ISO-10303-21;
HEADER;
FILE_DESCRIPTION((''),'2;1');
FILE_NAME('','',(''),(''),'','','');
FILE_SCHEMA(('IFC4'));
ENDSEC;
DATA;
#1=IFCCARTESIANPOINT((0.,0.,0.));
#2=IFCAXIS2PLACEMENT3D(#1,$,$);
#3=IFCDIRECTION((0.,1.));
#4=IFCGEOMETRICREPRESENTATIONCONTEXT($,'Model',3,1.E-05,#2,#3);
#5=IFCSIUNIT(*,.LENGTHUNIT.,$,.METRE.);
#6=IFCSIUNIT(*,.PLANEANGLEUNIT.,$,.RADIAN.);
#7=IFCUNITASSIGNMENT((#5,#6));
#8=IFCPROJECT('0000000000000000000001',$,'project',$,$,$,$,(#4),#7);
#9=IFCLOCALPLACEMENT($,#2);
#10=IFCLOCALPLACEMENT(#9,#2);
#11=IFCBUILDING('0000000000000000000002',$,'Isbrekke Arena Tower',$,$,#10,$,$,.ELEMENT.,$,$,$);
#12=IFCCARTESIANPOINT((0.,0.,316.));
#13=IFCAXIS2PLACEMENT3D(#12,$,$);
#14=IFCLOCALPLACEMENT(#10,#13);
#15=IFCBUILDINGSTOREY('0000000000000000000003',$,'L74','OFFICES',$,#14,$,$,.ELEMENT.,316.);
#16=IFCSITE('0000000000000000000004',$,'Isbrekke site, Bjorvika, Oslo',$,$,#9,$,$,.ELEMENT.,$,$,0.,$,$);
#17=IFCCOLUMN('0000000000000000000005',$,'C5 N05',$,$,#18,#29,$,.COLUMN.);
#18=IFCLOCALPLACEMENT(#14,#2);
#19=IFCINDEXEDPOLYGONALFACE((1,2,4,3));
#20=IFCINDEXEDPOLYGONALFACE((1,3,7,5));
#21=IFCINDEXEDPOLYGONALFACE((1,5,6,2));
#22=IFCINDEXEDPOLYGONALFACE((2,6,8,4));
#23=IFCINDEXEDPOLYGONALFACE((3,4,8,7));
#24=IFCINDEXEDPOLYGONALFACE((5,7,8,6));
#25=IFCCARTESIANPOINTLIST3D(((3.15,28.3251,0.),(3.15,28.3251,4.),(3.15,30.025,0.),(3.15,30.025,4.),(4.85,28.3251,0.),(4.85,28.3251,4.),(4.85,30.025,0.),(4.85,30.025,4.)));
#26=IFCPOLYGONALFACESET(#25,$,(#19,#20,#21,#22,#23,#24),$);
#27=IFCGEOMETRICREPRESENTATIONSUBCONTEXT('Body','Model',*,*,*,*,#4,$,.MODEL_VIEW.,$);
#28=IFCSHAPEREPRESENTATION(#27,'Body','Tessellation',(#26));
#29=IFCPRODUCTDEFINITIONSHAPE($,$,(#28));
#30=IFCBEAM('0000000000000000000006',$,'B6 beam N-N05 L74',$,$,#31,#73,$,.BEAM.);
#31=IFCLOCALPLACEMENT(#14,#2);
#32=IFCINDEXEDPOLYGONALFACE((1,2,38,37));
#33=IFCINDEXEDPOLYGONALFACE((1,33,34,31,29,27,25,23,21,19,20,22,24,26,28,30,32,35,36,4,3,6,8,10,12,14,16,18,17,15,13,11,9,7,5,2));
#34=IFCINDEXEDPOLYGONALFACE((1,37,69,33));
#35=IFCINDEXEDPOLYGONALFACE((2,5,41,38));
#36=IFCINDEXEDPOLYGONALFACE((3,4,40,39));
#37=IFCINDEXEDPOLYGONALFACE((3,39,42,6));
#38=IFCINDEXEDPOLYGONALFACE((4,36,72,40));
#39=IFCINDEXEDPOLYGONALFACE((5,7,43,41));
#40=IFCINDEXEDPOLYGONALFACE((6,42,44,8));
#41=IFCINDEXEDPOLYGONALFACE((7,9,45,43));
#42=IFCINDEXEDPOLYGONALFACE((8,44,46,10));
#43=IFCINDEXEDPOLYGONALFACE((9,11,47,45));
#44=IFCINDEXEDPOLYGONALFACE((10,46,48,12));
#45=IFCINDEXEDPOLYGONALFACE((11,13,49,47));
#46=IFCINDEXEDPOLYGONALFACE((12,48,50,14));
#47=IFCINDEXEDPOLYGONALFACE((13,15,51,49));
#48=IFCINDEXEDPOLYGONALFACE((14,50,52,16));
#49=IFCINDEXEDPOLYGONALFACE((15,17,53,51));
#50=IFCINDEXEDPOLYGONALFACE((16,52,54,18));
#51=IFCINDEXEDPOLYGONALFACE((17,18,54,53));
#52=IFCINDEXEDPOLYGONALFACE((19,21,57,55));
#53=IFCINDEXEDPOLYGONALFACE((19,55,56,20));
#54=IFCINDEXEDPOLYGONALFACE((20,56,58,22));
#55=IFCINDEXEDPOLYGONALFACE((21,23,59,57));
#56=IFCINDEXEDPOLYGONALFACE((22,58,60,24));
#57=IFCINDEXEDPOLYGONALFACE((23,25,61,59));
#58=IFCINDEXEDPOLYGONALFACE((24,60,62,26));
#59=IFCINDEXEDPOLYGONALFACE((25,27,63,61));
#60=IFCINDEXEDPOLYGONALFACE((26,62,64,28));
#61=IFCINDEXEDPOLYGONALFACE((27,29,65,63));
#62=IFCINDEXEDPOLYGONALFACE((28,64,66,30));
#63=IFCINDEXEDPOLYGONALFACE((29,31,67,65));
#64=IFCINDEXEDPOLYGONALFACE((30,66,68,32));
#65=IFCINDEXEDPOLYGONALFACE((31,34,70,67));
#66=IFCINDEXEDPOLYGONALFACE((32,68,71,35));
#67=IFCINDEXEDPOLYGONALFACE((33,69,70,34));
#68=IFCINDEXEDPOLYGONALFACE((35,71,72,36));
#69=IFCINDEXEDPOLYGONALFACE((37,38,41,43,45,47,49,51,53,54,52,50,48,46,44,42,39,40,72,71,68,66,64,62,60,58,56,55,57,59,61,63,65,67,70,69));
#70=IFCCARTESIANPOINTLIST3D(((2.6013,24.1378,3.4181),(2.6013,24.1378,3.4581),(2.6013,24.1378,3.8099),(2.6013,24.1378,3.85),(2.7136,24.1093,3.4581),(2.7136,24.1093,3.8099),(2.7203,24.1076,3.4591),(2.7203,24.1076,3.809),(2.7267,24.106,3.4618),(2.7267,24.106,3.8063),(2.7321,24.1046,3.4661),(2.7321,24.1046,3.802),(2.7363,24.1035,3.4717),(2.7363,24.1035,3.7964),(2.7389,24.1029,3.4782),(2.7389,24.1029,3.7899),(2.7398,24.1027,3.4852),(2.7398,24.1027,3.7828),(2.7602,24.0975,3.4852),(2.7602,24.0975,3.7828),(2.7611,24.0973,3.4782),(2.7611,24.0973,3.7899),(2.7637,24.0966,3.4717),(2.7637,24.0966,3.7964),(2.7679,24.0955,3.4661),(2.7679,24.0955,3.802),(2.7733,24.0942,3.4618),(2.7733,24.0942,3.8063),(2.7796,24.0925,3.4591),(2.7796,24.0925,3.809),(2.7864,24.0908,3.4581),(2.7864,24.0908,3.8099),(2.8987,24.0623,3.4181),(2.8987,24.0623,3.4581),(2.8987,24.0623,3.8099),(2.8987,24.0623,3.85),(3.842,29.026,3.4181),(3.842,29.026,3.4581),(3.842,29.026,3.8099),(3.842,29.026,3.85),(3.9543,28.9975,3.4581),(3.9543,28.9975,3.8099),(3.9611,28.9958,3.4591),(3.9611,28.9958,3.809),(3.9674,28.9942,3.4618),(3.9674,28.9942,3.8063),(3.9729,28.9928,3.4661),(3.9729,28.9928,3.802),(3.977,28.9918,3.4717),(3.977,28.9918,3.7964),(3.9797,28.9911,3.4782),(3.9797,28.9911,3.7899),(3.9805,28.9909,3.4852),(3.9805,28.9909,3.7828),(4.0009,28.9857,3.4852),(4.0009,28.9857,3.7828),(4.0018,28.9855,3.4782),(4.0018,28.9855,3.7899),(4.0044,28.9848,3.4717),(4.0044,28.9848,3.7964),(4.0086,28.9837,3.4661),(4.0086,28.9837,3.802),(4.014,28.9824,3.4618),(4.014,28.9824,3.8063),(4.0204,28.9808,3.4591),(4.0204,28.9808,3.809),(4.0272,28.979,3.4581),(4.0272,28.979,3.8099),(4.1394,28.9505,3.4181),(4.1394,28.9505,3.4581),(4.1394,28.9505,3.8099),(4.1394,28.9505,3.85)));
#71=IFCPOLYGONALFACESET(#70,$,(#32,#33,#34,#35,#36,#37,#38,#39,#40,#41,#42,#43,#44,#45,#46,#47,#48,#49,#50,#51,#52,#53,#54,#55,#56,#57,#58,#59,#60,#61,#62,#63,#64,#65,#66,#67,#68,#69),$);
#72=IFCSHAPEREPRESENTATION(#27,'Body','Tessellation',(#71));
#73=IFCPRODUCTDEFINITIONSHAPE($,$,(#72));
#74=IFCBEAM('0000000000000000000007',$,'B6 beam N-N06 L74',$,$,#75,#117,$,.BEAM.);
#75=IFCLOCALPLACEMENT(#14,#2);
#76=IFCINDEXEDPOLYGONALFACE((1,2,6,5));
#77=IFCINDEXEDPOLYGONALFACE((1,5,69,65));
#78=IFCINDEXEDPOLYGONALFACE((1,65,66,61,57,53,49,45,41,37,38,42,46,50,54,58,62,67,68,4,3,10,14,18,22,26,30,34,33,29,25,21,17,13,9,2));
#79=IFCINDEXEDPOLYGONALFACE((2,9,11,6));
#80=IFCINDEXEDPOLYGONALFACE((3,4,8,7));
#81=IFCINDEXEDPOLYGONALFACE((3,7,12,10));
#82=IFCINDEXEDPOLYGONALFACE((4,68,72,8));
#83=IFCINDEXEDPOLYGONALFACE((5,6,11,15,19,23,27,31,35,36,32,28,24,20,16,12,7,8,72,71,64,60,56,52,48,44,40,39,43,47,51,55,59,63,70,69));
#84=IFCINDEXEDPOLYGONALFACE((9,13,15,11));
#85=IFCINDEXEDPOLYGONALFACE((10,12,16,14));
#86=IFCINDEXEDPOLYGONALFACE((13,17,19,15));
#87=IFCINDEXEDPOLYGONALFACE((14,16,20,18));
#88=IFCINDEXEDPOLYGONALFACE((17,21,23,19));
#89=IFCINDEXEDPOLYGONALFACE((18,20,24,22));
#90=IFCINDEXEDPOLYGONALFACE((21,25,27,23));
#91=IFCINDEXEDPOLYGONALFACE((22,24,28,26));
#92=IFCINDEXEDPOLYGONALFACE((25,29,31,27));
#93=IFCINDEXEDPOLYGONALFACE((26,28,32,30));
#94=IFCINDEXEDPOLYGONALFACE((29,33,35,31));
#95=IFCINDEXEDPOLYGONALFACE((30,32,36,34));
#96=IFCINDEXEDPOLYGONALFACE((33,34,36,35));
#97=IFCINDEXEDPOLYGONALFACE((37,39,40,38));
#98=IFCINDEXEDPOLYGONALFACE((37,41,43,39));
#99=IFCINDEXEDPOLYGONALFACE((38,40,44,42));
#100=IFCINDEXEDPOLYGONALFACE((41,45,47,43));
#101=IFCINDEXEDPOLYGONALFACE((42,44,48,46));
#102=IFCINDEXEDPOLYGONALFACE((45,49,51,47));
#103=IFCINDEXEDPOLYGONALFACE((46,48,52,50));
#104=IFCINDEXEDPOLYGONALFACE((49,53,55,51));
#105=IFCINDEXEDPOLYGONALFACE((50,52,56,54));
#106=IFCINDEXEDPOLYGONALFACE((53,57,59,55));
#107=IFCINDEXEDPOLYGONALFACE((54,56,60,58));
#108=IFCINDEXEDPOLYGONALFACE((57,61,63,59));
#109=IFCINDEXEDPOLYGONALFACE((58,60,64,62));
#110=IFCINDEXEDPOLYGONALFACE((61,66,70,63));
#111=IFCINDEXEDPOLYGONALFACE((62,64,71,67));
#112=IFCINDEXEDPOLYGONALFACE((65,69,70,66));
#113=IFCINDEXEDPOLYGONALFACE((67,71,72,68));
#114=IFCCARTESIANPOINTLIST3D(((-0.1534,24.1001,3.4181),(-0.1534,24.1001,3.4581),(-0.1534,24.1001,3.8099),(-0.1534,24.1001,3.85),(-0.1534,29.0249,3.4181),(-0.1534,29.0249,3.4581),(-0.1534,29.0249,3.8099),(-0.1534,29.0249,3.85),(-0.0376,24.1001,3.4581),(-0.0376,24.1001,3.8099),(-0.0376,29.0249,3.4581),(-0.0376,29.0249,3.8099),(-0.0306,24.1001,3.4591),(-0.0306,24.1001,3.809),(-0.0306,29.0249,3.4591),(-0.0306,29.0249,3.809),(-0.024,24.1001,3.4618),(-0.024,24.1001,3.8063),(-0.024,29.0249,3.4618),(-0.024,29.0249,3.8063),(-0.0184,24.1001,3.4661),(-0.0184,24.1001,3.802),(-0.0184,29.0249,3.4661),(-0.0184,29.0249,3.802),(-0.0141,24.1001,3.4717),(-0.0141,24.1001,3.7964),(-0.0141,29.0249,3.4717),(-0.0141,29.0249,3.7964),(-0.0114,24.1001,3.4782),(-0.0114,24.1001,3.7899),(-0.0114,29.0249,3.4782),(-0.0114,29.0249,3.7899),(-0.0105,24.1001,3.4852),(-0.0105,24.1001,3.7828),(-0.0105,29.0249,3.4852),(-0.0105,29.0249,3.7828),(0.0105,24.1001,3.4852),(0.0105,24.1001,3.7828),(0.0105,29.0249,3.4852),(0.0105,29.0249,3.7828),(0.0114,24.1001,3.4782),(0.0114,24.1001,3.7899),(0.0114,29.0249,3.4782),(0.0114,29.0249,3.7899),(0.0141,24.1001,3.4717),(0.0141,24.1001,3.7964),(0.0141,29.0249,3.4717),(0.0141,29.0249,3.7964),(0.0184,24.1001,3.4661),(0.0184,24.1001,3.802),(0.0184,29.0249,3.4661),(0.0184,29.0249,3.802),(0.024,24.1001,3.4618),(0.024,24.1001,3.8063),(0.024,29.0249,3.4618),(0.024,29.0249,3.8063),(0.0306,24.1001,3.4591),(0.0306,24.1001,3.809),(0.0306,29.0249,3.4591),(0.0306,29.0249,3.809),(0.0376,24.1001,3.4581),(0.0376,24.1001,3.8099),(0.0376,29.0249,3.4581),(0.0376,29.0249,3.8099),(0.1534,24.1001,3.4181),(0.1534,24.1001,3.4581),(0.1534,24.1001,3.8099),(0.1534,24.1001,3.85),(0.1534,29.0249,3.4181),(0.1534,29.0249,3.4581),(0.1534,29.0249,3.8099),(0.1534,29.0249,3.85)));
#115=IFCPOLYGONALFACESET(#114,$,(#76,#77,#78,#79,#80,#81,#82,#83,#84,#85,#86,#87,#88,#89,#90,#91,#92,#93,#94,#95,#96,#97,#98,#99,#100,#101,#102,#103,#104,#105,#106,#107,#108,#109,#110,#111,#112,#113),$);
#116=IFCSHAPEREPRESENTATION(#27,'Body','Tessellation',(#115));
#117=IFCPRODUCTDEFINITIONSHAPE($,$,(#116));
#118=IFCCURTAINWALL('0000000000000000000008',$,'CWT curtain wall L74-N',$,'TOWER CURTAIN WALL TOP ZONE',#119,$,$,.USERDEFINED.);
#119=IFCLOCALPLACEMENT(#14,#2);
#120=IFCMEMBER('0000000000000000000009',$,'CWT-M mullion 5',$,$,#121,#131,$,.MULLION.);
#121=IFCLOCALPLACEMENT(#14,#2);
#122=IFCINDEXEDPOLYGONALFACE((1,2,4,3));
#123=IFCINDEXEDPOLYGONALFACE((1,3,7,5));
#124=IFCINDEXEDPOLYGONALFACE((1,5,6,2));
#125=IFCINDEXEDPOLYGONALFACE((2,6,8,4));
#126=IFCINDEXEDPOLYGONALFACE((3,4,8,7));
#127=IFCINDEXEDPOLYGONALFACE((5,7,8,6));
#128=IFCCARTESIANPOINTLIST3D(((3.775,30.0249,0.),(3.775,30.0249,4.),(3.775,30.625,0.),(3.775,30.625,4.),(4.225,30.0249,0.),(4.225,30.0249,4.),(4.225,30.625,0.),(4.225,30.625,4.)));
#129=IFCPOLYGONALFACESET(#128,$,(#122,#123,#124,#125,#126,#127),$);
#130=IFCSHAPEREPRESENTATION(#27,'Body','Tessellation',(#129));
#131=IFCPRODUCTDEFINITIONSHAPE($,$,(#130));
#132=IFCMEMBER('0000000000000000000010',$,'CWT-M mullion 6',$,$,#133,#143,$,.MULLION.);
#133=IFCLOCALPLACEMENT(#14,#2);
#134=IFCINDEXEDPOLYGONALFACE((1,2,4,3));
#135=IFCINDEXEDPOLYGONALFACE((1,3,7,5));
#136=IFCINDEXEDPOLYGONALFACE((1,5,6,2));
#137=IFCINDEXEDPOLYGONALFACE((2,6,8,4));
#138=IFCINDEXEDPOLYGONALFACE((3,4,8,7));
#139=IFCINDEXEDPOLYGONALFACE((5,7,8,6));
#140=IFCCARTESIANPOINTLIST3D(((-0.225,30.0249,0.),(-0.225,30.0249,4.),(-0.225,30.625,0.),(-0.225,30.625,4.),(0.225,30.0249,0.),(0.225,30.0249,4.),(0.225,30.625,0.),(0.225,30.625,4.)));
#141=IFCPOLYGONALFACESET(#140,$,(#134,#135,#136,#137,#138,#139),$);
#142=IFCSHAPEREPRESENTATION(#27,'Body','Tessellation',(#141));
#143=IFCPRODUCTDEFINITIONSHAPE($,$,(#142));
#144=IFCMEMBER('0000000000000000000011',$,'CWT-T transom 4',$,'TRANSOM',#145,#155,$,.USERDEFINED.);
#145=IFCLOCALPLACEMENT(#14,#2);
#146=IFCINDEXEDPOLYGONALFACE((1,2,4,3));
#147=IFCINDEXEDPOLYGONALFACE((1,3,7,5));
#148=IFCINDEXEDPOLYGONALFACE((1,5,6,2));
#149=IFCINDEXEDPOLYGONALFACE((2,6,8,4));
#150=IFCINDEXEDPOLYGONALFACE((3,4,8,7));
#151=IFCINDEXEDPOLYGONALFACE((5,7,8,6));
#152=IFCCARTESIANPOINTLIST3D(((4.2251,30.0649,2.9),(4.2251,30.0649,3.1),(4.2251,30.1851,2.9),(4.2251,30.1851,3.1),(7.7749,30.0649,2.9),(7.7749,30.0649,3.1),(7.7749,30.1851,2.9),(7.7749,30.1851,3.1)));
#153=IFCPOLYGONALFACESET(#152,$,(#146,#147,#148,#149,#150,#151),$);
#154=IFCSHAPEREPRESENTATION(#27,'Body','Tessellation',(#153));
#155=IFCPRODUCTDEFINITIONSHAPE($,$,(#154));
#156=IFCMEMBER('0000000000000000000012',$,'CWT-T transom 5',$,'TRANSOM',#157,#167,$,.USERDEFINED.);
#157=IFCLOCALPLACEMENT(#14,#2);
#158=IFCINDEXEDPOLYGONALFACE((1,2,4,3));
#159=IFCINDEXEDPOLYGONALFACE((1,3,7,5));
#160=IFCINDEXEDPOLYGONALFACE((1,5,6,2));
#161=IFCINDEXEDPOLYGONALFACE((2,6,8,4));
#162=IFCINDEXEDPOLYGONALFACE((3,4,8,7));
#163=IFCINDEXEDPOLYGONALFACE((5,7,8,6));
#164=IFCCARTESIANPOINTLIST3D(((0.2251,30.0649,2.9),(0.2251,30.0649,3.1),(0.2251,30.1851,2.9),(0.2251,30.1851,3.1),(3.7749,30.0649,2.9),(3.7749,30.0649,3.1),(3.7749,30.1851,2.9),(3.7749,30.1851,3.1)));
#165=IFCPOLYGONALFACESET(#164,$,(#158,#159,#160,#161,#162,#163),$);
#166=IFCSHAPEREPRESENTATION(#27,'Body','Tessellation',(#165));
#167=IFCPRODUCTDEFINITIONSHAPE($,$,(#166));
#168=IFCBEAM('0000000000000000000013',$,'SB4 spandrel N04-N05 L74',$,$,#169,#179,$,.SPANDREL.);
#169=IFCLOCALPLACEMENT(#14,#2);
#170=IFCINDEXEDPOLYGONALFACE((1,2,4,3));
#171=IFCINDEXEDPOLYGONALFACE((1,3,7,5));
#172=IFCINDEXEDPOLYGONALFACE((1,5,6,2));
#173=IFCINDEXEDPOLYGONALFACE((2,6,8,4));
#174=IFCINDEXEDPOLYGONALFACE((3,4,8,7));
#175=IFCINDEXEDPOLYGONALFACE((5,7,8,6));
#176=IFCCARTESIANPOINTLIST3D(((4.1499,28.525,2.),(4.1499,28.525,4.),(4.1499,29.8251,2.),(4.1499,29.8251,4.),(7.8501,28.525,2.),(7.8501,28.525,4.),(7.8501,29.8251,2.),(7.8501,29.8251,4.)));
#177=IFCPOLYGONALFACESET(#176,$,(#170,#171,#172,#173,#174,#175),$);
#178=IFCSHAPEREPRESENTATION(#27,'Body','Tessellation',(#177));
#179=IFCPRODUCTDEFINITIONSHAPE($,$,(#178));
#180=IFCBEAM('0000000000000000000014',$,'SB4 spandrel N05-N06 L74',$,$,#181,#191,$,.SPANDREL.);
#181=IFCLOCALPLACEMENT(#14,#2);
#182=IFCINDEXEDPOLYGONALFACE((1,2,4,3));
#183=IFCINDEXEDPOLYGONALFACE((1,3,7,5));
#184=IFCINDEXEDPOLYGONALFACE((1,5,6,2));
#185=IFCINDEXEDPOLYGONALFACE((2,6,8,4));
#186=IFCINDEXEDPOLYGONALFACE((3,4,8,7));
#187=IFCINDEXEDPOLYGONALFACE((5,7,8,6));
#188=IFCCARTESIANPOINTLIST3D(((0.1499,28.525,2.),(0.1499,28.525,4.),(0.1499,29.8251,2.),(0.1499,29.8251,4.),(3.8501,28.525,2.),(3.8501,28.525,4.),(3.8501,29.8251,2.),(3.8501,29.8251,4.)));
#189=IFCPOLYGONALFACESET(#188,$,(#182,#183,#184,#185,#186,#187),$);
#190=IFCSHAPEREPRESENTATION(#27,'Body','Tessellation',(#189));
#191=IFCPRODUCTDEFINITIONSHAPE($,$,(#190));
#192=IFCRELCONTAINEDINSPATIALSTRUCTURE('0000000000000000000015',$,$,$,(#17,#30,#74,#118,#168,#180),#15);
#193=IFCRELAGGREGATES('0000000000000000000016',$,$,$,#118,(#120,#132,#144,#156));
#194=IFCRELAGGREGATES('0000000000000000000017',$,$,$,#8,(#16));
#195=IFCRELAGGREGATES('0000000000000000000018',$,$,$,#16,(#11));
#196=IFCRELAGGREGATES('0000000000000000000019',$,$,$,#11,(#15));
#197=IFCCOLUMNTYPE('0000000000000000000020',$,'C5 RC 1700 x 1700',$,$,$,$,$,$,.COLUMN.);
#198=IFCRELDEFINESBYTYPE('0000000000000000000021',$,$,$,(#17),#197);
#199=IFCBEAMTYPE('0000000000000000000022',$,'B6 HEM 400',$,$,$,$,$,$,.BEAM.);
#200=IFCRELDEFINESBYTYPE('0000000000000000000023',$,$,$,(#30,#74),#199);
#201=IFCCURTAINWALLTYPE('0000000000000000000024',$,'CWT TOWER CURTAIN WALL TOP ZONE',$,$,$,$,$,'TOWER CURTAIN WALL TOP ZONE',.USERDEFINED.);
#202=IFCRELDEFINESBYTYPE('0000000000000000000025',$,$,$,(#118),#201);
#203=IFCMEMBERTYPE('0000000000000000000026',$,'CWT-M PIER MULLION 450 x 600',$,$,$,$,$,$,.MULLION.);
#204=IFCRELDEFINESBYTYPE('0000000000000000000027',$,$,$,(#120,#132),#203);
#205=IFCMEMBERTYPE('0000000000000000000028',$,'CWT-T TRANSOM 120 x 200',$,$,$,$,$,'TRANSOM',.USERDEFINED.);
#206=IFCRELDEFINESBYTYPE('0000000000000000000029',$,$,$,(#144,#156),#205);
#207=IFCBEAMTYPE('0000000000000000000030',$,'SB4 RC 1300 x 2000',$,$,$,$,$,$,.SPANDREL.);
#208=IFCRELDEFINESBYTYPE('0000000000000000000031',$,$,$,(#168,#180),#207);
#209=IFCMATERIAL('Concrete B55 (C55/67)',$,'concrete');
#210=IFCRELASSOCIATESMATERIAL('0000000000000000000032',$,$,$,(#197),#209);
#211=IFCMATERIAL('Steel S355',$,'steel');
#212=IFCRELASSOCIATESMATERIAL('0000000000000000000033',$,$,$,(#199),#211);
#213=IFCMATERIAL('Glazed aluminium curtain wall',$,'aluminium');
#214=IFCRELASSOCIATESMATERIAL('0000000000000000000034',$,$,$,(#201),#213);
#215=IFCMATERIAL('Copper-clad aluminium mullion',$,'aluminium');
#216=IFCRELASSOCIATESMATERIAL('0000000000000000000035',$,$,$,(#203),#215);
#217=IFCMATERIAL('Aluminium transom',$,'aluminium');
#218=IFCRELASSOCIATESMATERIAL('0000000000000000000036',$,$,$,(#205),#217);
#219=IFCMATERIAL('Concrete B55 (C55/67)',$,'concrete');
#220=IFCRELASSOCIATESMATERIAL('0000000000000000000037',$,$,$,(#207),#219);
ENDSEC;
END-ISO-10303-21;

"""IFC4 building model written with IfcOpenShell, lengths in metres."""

from ifc_helpers import new_model, si_unit, direction, frame, origin, origin_2d, place, context, subcontext, project, spatial, rectangle, i_section, extrude, material, material_profile, profile_set, type_object, element, aggregate, save


model = new_model("IFC4")

# Units and contexts
model_context = context("Model", 3, precision=1e-05, world=origin(), true_north=direction((0.0, 1.0)))
body_context = subcontext(model_context, "Body", "Model", "MODEL_VIEW")
ifc_project = project(units=[si_unit("LENGTHUNIT", "METRE"), si_unit("PLANEANGLEUNIT", "RADIAN")], contexts=[model_context])

# Site, building, storey
site_placement = place(None, origin())
site = spatial("IfcSite", under=ifc_project, at=site_placement, Name="Isbrekke site, Bjorvika, Oslo", CompositionType="ELEMENT", RefElevation=0.0)
building_placement = place(site_placement, origin())
building = spatial("IfcBuilding", under=site, at=building_placement, Name="Isbrekke Arena Tower", CompositionType="ELEMENT")
storey_placement = place(building_placement, frame((0.0, 0.0, 316.0)))
storey = spatial("IfcBuildingStorey", under=building, at=storey_placement, Name="L74", Description="OFFICES", CompositionType="ELEMENT", Elevation=316.0)

# Column
ifc_material_1 = material(Name="Concrete B55 (C55/67)", Category="concrete")
ifc_material_profile_1 = material_profile(ifc_material_1, rectangle(XDim=1.7, YDim=1.7, at=origin_2d()), Name="RC 1700x1700")
ifc_profile_set_1 = profile_set([ifc_material_profile_1], Name="Concrete B55 (C55/67)")
column_type = type_object("IfcColumnType", Name="C5 RC 1700 x 1700", PredefinedType="COLUMN", material=ifc_profile_set_1)
column_placement = place(storey_placement, frame((4.0, 29.175, 0.0), z_axis=(0.0, 0.0, 1.0), x_axis=(-1.0, 0.0, 0.0)))
element("IfcColumn", 1, at=column_placement, inside=storey, type_object=column_type, Name="C5 N05", PredefinedType="COLUMN", context=body_context, shape_type="SweptSolid", body=[
    extrude(rectangle(XDim=1.7, YDim=1.7, at=origin_2d()), origin(), (0.0, 0.0, 1.0), 4.0),
])

# Beams
ifc_material_2 = material(Name="Steel S355", Category="steel")
ifc_material_profile_2 = material_profile(ifc_material_2, i_section(OverallWidth=0.3069, OverallDepth=0.4319, WebThickness=0.021, FlangeThickness=0.04, FilletRadius=0.0271, at=origin_2d()), Name="HEM 400")
ifc_profile_set_2 = profile_set([ifc_material_profile_2], Name="Steel S355")
beam_type_1 = type_object("IfcBeamType", Name="B6 HEM 400", PredefinedType="BEAM", material=ifc_profile_set_2)
beam_1_placement = place(storey_placement, frame((3.9907, 28.9883, 3.634), z_axis=(-0.24602, -0.969265, 0.0), x_axis=(0.969265, -0.24602, 0.0)))
element("IfcBeam", 2, at=beam_1_placement, inside=storey, type_object=beam_type_1, Name="B6 beam N-N05 L74", PredefinedType="BEAM", context=body_context, shape_type="SweptSolid", body=[
    extrude(i_section(OverallWidth=0.3069, OverallDepth=0.4319, WebThickness=0.021, FlangeThickness=0.04, FilletRadius=0.0271, at=origin_2d()), origin(), (0.0, 0.0, 1.0), 5.0432),
])
beam_2_placement = place(storey_placement, frame((0.0, 29.0249, 3.634), z_axis=(0.0, -1.0, 0.0), x_axis=(1.0, 0.0, 0.0)))
element("IfcBeam", 3, at=beam_2_placement, inside=storey, type_object=beam_type_1, Name="B6 beam N-N06 L74", PredefinedType="BEAM", context=body_context, shape_type="SweptSolid", body=[
    extrude(i_section(OverallWidth=0.3069, OverallDepth=0.4319, WebThickness=0.021, FlangeThickness=0.04, FilletRadius=0.0271, at=origin_2d()), origin(), (0.0, 0.0, 1.0), 4.9248),
])

# Curtain wall, members
ifc_material_3 = material(Name="Glazed aluminium curtain wall", Category="aluminium")
curtain_wall_type = type_object("IfcCurtainWallType", Name="CWT TOWER CURTAIN WALL TOP ZONE", ElementType="TOWER CURTAIN WALL TOP ZONE", PredefinedType="USERDEFINED", material=ifc_material_3)
curtain_wall_placement = place(storey_placement, origin())
curtain_wall = element("IfcCurtainWall", 4, at=curtain_wall_placement, inside=storey, type_object=curtain_wall_type, Name="CWT curtain wall L74-N", ObjectType="TOWER CURTAIN WALL TOP ZONE", PredefinedType="USERDEFINED")
ifc_material_4 = material(Name="Copper-clad aluminium mullion", Category="aluminium")
ifc_material_profile_3 = material_profile(ifc_material_4, rectangle(XDim=0.45, YDim=0.6001, at=origin_2d()), Name="PIER 450X600")
ifc_profile_set_3 = profile_set([ifc_material_profile_3], Name="Copper-clad aluminium mullion")
member_type_1 = type_object("IfcMemberType", Name="CWT-M PIER MULLION 450 x 600", PredefinedType="MULLION", material=ifc_profile_set_3)
member_1_placement = place(storey_placement, frame((4.0, 30.325, 0.0), z_axis=(0.0, 0.0, 1.0), x_axis=(-1.0, 0.0, 0.0)))
member_1 = element("IfcMember", 5, at=member_1_placement, type_object=member_type_1, Name="CWT-M mullion 5", PredefinedType="MULLION", context=body_context, shape_type="SweptSolid", body=[
    extrude(rectangle(XDim=0.45, YDim=0.6001, at=origin_2d()), origin(), (0.0, 0.0, 1.0), 4.0),
])
member_2_placement = place(storey_placement, frame((0.0, 30.325, 0.0), z_axis=(0.0, 0.0, 1.0), x_axis=(-1.0, 0.0, 0.0)))
member_2 = element("IfcMember", 6, at=member_2_placement, type_object=member_type_1, Name="CWT-M mullion 6", PredefinedType="MULLION", context=body_context, shape_type="SweptSolid", body=[
    extrude(rectangle(XDim=0.45, YDim=0.6001, at=origin_2d()), origin(), (0.0, 0.0, 1.0), 4.0),
])
ifc_material_5 = material(Name="Aluminium transom", Category="aluminium")
ifc_material_profile_4 = material_profile(ifc_material_5, rectangle(XDim=0.1201, YDim=0.2, at=origin_2d()), Name="TRANSOM 120X200")
ifc_profile_set_4 = profile_set([ifc_material_profile_4], Name="Aluminium transom")
member_type_2 = type_object("IfcMemberType", Name="CWT-T TRANSOM 120 x 200", ElementType="TRANSOM", PredefinedType="USERDEFINED", material=ifc_profile_set_4)
member_3_placement = place(storey_placement, frame((7.7749, 30.125, 3.0), z_axis=(-1.0, 0.0, 0.0), x_axis=(0.0, -1.0, 0.0)))
member_3 = element("IfcMember", 7, at=member_3_placement, type_object=member_type_2, Name="CWT-T transom 4", ObjectType="TRANSOM", PredefinedType="USERDEFINED", context=body_context, shape_type="SweptSolid", body=[
    extrude(rectangle(XDim=0.1201, YDim=0.2, at=origin_2d()), origin(), (0.0, 0.0, 1.0), 3.5498),
])
member_4_placement = place(storey_placement, frame((3.7749, 30.125, 3.0), z_axis=(-1.0, 0.0, 0.0), x_axis=(0.0, -1.0, 0.0)))
member_4 = element("IfcMember", 8, at=member_4_placement, type_object=member_type_2, Name="CWT-T transom 5", ObjectType="TRANSOM", PredefinedType="USERDEFINED", context=body_context, shape_type="SweptSolid", body=[
    extrude(rectangle(XDim=0.1201, YDim=0.2, at=origin_2d()), origin(), (0.0, 0.0, 1.0), 3.5498),
])

# Beams
ifc_material_6 = material(Name="Concrete B55 (C55/67)", Category="concrete")
ifc_material_profile_5 = material_profile(ifc_material_6, rectangle(XDim=1.3, YDim=2.0, at=origin_2d()), Name="RC 1300x2000")
ifc_profile_set_5 = profile_set([ifc_material_profile_5], Name="Concrete B55 (C55/67)")
beam_type_2 = type_object("IfcBeamType", Name="SB4 RC 1300 x 2000", PredefinedType="SPANDREL", material=ifc_profile_set_5)
for number, where, z_axis, x_axis, name in (
    (9, (7.8501, 29.175, 3.0), (-1.0, 0.0, 0.0), (0.0, -1.0, 0.0), "SB4 spandrel N04-N05 L74"),
    (10, (3.8501, 29.175, 3.0), (-1.0, 0.0, 0.0), (0.0, -1.0, 0.0), "SB4 spandrel N05-N06 L74"),
):
    element("IfcBeam", number, at=place(storey_placement, frame(where, z_axis=z_axis, x_axis=x_axis)), inside=storey, type_object=beam_type_2, Name=name, PredefinedType="SPANDREL", context=body_context, shape_type="SweptSolid", body=[
        extrude(rectangle(XDim=1.3, YDim=2.0, at=origin_2d()), origin(), (0.0, 0.0, 1.0), 3.7002),
    ])

aggregate(curtain_wall, [member_1, member_2, member_3, member_4])

save(model, "model.ifc")
